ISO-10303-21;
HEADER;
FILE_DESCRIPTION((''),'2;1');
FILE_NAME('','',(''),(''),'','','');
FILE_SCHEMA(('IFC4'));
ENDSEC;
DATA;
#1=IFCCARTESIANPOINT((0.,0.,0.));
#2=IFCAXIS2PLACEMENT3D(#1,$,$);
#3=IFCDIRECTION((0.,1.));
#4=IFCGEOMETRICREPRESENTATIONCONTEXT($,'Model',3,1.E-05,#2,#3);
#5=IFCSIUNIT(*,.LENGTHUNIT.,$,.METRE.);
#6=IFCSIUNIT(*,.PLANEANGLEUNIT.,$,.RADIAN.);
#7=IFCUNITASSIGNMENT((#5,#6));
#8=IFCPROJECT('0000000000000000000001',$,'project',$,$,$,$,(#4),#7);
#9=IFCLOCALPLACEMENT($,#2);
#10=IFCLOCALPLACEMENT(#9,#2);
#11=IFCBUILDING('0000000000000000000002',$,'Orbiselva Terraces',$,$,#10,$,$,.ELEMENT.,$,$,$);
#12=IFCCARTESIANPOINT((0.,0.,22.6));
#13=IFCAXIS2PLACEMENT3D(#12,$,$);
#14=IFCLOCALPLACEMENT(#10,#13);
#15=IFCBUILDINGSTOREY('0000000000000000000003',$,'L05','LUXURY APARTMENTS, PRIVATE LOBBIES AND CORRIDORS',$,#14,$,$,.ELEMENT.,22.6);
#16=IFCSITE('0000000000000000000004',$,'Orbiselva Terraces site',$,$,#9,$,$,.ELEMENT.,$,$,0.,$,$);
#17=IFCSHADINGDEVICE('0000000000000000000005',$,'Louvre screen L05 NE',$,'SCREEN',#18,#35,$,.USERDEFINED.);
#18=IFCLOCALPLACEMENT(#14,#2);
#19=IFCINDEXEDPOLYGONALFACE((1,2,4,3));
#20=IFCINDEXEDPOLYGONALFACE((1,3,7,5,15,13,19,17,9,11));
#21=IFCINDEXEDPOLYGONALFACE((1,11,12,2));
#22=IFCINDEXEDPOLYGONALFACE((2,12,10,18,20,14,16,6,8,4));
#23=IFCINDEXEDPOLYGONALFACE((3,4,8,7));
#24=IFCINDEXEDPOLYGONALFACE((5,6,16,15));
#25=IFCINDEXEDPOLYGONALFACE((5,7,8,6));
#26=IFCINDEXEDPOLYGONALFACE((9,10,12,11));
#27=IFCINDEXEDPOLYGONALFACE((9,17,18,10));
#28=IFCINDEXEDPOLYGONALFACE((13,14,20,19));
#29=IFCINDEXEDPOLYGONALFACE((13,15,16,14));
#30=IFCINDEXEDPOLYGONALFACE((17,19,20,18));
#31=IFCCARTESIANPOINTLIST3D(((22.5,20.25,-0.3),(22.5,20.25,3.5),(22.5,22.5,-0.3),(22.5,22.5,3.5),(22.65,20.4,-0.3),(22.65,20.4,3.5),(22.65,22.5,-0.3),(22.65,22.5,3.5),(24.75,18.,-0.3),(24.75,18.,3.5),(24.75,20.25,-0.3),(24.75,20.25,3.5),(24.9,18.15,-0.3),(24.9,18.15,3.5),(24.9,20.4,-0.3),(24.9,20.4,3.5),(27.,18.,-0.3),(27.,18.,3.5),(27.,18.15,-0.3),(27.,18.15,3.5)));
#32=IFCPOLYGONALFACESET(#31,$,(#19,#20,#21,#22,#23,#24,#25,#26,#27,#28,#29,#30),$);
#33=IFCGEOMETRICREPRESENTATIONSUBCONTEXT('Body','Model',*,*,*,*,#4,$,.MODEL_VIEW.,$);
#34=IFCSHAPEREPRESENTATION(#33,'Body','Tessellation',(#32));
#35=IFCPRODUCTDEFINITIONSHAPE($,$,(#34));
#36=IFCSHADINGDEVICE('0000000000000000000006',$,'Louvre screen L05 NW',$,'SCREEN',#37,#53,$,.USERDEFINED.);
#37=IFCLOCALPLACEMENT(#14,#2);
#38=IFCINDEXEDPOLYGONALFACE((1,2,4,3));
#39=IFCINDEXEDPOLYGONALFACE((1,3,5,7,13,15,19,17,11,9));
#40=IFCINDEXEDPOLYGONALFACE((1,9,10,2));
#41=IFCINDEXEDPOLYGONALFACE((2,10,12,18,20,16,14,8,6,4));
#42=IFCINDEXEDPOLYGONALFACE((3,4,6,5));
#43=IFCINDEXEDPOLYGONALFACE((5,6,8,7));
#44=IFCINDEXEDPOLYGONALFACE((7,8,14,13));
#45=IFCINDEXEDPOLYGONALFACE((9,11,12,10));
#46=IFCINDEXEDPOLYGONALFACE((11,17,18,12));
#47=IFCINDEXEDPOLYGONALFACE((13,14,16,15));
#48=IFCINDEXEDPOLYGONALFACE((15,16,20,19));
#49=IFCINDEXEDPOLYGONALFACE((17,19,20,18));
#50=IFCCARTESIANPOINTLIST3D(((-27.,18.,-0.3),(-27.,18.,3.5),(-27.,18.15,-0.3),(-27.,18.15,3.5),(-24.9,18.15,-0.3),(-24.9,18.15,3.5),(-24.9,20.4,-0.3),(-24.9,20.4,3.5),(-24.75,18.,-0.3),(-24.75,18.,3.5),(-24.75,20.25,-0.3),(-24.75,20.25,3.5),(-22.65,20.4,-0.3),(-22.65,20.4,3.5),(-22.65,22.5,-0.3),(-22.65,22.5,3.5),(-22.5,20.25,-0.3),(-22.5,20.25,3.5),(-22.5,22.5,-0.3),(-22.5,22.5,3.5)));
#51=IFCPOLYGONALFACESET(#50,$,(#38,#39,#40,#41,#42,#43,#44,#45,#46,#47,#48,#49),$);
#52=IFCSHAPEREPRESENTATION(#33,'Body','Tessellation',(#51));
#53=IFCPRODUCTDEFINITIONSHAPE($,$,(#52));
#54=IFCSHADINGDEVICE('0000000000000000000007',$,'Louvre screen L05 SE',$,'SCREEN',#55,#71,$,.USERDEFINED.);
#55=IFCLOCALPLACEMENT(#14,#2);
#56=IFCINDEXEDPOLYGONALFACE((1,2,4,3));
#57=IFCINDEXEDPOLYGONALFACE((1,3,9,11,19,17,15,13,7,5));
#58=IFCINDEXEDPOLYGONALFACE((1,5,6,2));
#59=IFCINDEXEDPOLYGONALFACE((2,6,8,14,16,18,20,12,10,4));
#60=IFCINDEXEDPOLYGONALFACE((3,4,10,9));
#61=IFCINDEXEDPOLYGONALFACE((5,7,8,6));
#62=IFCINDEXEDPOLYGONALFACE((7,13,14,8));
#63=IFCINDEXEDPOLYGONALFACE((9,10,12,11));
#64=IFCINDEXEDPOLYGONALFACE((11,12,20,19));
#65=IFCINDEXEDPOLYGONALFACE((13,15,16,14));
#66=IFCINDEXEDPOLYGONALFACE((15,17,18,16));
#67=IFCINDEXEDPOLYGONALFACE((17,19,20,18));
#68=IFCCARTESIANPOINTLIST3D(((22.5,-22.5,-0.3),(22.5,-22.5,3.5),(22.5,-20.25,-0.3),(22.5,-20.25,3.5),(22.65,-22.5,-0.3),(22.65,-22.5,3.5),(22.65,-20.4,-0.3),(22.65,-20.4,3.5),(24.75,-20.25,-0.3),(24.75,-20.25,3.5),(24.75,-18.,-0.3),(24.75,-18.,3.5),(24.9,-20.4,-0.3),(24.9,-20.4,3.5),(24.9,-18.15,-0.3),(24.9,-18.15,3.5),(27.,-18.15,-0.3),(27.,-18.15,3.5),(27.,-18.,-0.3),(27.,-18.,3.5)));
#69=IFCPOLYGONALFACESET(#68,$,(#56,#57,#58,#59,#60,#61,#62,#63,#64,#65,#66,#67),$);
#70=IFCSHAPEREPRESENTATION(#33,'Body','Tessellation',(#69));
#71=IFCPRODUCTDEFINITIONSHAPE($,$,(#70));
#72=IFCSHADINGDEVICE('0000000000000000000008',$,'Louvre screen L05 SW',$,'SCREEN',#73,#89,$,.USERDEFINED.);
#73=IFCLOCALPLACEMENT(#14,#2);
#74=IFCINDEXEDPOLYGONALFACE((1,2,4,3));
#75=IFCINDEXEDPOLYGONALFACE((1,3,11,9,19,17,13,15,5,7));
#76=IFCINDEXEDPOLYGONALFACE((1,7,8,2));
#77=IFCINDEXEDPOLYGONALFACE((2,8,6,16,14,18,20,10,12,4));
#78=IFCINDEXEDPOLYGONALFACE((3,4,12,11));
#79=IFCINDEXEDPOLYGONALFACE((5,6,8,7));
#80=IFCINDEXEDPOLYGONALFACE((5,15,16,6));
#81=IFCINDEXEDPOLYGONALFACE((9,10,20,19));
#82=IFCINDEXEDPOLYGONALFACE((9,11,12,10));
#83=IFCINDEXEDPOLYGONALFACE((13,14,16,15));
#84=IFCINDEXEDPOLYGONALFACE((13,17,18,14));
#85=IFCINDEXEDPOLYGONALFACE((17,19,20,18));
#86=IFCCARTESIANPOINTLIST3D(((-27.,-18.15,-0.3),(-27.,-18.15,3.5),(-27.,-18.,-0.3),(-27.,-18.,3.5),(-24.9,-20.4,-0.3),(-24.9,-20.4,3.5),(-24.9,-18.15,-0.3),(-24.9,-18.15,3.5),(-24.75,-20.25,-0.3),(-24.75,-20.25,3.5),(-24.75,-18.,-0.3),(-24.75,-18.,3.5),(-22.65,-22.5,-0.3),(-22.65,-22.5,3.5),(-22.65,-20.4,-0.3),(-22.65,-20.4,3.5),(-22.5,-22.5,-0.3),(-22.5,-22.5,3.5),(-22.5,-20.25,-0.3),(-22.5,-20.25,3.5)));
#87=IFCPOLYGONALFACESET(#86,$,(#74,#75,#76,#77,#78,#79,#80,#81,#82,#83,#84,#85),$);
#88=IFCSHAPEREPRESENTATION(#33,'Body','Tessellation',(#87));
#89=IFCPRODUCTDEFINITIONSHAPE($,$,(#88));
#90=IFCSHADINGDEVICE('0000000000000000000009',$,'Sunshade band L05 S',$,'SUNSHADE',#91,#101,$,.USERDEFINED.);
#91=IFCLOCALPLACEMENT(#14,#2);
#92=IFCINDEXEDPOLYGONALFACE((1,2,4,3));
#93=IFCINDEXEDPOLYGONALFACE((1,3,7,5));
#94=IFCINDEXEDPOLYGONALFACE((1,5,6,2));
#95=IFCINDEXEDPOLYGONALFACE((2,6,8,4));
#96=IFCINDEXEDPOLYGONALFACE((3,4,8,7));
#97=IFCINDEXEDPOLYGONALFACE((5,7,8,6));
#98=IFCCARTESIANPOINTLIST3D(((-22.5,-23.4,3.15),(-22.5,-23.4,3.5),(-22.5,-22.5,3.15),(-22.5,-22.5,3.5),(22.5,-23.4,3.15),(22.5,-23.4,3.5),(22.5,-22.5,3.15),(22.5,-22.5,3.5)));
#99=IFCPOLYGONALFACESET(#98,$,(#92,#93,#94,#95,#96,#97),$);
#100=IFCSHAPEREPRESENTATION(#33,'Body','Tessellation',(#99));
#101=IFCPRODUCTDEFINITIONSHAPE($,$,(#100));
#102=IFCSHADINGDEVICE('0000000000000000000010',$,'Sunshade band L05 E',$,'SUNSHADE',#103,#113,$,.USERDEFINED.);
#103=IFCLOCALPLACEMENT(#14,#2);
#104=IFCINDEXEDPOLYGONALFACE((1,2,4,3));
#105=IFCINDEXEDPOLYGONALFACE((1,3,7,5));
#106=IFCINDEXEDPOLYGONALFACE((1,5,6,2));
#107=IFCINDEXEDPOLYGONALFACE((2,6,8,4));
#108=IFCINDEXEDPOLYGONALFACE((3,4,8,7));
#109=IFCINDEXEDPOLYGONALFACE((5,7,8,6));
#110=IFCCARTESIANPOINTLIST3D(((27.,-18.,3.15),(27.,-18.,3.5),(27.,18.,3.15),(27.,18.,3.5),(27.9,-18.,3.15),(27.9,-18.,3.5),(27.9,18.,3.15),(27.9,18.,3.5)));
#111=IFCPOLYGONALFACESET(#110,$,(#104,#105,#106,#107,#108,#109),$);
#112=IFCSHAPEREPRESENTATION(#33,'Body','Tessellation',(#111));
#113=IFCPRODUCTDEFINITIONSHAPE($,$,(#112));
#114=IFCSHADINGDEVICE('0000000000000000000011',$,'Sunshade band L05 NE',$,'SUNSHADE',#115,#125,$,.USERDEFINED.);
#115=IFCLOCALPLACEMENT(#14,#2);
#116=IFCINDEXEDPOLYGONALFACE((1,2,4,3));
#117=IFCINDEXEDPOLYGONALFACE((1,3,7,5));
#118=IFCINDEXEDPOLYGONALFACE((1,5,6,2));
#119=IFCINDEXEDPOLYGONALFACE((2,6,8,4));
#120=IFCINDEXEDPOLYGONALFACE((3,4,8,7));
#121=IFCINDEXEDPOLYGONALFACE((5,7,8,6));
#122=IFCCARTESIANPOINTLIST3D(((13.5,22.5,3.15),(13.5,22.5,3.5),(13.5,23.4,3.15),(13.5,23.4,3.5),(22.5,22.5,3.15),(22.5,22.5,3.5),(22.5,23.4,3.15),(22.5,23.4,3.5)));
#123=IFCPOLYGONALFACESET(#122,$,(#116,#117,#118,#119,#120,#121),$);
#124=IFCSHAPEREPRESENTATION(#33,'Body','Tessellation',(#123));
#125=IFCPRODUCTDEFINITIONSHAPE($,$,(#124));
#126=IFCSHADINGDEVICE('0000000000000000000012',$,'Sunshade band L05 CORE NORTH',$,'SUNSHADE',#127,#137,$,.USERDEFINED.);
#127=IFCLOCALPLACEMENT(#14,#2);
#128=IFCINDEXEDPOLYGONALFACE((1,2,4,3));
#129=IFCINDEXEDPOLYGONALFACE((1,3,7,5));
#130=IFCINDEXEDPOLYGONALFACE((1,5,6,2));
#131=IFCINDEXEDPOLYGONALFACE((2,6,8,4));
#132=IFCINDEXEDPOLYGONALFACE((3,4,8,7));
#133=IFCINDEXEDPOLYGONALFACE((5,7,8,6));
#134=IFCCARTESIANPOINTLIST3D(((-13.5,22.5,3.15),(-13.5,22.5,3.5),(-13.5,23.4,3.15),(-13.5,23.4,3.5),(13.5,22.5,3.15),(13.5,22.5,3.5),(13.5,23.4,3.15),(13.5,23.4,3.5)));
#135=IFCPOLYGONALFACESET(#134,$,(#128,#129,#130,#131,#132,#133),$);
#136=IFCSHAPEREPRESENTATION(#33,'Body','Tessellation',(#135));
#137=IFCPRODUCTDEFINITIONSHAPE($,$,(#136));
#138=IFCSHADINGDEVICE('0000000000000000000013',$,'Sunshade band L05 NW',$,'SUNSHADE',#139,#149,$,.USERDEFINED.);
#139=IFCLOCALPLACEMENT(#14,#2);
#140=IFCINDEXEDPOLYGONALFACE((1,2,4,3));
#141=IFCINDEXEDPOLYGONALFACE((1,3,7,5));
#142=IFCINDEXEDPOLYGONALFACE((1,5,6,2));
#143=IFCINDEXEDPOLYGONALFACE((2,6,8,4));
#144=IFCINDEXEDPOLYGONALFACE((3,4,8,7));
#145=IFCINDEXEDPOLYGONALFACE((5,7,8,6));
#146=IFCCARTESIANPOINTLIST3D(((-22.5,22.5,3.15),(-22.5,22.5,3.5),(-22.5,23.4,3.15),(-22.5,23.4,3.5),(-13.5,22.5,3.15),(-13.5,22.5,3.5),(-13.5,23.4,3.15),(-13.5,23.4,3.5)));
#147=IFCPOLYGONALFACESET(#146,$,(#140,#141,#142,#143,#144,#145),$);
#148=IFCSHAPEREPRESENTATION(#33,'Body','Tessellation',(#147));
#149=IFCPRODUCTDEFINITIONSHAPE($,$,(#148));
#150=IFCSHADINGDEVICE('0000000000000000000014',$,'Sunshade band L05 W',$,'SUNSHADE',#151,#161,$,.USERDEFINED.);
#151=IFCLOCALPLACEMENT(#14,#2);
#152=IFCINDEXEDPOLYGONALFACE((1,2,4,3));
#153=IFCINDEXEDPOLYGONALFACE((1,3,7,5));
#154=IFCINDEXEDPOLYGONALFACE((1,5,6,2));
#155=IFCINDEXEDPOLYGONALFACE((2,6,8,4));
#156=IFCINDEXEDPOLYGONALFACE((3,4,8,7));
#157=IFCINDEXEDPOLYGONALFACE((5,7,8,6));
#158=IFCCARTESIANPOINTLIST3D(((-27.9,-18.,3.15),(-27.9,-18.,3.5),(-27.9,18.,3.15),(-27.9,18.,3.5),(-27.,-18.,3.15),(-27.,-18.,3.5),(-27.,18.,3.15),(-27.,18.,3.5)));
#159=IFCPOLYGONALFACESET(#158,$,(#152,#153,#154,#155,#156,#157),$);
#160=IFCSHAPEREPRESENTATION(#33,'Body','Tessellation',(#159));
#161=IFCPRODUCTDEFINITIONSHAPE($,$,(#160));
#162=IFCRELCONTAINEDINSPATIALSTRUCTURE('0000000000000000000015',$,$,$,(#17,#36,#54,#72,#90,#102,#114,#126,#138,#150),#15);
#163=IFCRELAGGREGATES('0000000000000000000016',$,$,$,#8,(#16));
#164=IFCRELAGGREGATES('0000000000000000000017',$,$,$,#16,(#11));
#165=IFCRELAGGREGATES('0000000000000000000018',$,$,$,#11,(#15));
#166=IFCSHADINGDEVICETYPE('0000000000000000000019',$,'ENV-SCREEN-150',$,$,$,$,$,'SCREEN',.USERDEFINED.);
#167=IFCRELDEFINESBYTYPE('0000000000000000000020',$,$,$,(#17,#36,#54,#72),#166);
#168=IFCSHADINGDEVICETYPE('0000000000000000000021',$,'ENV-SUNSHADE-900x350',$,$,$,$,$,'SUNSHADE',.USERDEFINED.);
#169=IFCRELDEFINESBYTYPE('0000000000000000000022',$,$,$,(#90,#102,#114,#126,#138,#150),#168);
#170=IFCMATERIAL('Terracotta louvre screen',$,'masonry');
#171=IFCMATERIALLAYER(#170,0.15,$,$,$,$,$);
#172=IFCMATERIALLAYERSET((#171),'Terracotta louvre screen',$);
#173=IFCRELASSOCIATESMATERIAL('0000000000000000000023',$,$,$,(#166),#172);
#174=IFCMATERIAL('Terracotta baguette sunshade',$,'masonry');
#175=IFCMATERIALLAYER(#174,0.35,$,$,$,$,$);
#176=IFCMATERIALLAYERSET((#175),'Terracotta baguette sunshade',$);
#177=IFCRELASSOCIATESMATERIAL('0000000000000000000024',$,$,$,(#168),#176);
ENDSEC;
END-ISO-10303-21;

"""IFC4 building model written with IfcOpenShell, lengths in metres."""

from ifc_helpers import new_model, si_unit, direction, frame, origin, place, context, subcontext, project, spatial, polyline, outline, extrude, material, layer, layer_set, type_object, element, save


model = new_model("IFC4")

# Units and contexts
model_context = context("Model", 3, precision=1e-05, world=origin(), true_north=direction((0.0, 1.0)))
body_context = subcontext(model_context, "Body", "Model", "MODEL_VIEW")
ifc_project = project(units=[si_unit("LENGTHUNIT", "METRE"), si_unit("PLANEANGLEUNIT", "RADIAN")], contexts=[model_context])

# Site, building, storey
site_placement = place(None, origin())
site = spatial("IfcSite", under=ifc_project, at=site_placement, Name="Orbiselva Terraces site", CompositionType="ELEMENT", RefElevation=0.0)
building_placement = place(site_placement, origin())
building = spatial("IfcBuilding", under=site, at=building_placement, Name="Orbiselva Terraces", CompositionType="ELEMENT")
storey_placement = place(building_placement, frame((0.0, 0.0, 22.6)))
storey = spatial("IfcBuildingStorey", under=building, at=storey_placement, Name="L05", Description="LUXURY APARTMENTS, PRIVATE LOBBIES AND CORRIDORS", CompositionType="ELEMENT", Elevation=22.6)

# Shading devices
ifc_material_1 = material(Name="Terracotta louvre screen", Category="masonry")
ifc_layer_1 = layer(ifc_material_1, 0.15)
ifc_layer_set_1 = layer_set([ifc_layer_1], Name="Terracotta louvre screen")
shading_device_type_1 = type_object("IfcShadingDeviceType", Name="ENV-SCREEN-150", ElementType="SCREEN", PredefinedType="USERDEFINED", material=ifc_layer_set_1)
shading_device_1_placement = place(storey_placement, frame((0.0, 0.0, -0.3)))
element("IfcShadingDevice", 1, at=shading_device_1_placement, inside=storey, type_object=shading_device_type_1, Name="Louvre screen L05 NE", ObjectType="SCREEN", PredefinedType="USERDEFINED", context=body_context, shape_type="SweptSolid", body=[
    extrude(outline(polyline([(27.0, 18.15), (24.9, 18.15), (24.9, 20.4), (22.65, 20.4), (22.65, 22.5), (22.5, 22.5), (22.5, 20.25), (24.75, 20.25), (24.75, 18.0), (27.0, 18.0), (27.0, 18.15)])), origin(), (0.0, 0.0, 1.0), 3.8),
])
shading_device_2_placement = place(storey_placement, frame((0.0, 0.0, -0.3)))
element("IfcShadingDevice", 2, at=shading_device_2_placement, inside=storey, type_object=shading_device_type_1, Name="Louvre screen L05 NW", ObjectType="SCREEN", PredefinedType="USERDEFINED", context=body_context, shape_type="SweptSolid", body=[
    extrude(outline(polyline([(-22.65, 22.5), (-22.65, 20.4), (-24.9, 20.4), (-24.9, 18.15), (-27.0, 18.15), (-27.0, 18.0), (-24.75, 18.0), (-24.75, 20.25), (-22.5, 20.25), (-22.5, 22.5), (-22.65, 22.5)])), origin(), (0.0, 0.0, 1.0), 3.8),
])
shading_device_3_placement = place(storey_placement, frame((0.0, 0.0, -0.3)))
element("IfcShadingDevice", 3, at=shading_device_3_placement, inside=storey, type_object=shading_device_type_1, Name="Louvre screen L05 SE", ObjectType="SCREEN", PredefinedType="USERDEFINED", context=body_context, shape_type="SweptSolid", body=[
    extrude(outline(polyline([(22.65, -22.5), (22.65, -20.4), (24.9, -20.4), (24.9, -18.15), (27.0, -18.15), (27.0, -18.0), (24.75, -18.0), (24.75, -20.25), (22.5, -20.25), (22.5, -22.5), (22.65, -22.5)])), origin(), (0.0, 0.0, 1.0), 3.8),
])
shading_device_4_placement = place(storey_placement, frame((0.0, 0.0, -0.3)))
element("IfcShadingDevice", 4, at=shading_device_4_placement, inside=storey, type_object=shading_device_type_1, Name="Louvre screen L05 SW", ObjectType="SCREEN", PredefinedType="USERDEFINED", context=body_context, shape_type="SweptSolid", body=[
    extrude(outline(polyline([(-27.0, -18.15), (-24.9, -18.15), (-24.9, -20.4), (-22.65, -20.4), (-22.65, -22.5), (-22.5, -22.5), (-22.5, -20.25), (-24.75, -20.25), (-24.75, -18.0), (-27.0, -18.0), (-27.0, -18.15)])), origin(), (0.0, 0.0, 1.0), 3.8),
])
ifc_material_2 = material(Name="Terracotta baguette sunshade", Category="masonry")
ifc_layer_2 = layer(ifc_material_2, 0.35)
ifc_layer_set_2 = layer_set([ifc_layer_2], Name="Terracotta baguette sunshade")
shading_device_type_2 = type_object("IfcShadingDeviceType", Name="ENV-SUNSHADE-900x350", ElementType="SUNSHADE", PredefinedType="USERDEFINED", material=ifc_layer_set_2)
shading_device_5_placement = place(storey_placement, frame((0.0, 0.0, 3.15)))
element("IfcShadingDevice", 5, at=shading_device_5_placement, inside=storey, type_object=shading_device_type_2, Name="Sunshade band L05 S", ObjectType="SUNSHADE", PredefinedType="USERDEFINED", context=body_context, shape_type="SweptSolid", body=[
    extrude(outline(polyline([(-22.5, -23.4), (22.5, -23.4), (22.5, -22.5), (-22.5, -22.5), (-22.5, -23.4)])), origin(), (0.0, 0.0, 1.0), 0.35),
])
shading_device_6_placement = place(storey_placement, frame((0.0, 0.0, 3.15)))
element("IfcShadingDevice", 6, at=shading_device_6_placement, inside=storey, type_object=shading_device_type_2, Name="Sunshade band L05 E", ObjectType="SUNSHADE", PredefinedType="USERDEFINED", context=body_context, shape_type="SweptSolid", body=[
    extrude(outline(polyline([(27.9, -18.0), (27.9, 18.0), (27.0, 18.0), (27.0, -18.0), (27.9, -18.0)])), origin(), (0.0, 0.0, 1.0), 0.35),
])
shading_device_7_placement = place(storey_placement, frame((0.0, 0.0, 3.15)))
element("IfcShadingDevice", 7, at=shading_device_7_placement, inside=storey, type_object=shading_device_type_2, Name="Sunshade band L05 NE", ObjectType="SUNSHADE", PredefinedType="USERDEFINED", context=body_context, shape_type="SweptSolid", body=[
    extrude(outline(polyline([(22.5, 23.4), (13.5, 23.4), (13.5, 22.5), (22.5, 22.5), (22.5, 23.4)])), origin(), (0.0, 0.0, 1.0), 0.35),
])
shading_device_8_placement = place(storey_placement, frame((0.0, 0.0, 3.15)))
element("IfcShadingDevice", 8, at=shading_device_8_placement, inside=storey, type_object=shading_device_type_2, Name="Sunshade band L05 CORE NORTH", ObjectType="SUNSHADE", PredefinedType="USERDEFINED", context=body_context, shape_type="SweptSolid", body=[
    extrude(outline(polyline([(13.5, 23.4), (-13.5, 23.4), (-13.5, 22.5), (13.5, 22.5), (13.5, 23.4)])), origin(), (0.0, 0.0, 1.0), 0.35),
])
shading_device_9_placement = place(storey_placement, frame((0.0, 0.0, 3.15)))
element("IfcShadingDevice", 9, at=shading_device_9_placement, inside=storey, type_object=shading_device_type_2, Name="Sunshade band L05 NW", ObjectType="SUNSHADE", PredefinedType="USERDEFINED", context=body_context, shape_type="SweptSolid", body=[
    extrude(outline(polyline([(-13.5, 23.4), (-22.5, 23.4), (-22.5, 22.5), (-13.5, 22.5), (-13.5, 23.4)])), origin(), (0.0, 0.0, 1.0), 0.35),
])
shading_device_10_placement = place(storey_placement, frame((0.0, 0.0, 3.15)))
element("IfcShadingDevice", 10, at=shading_device_10_placement, inside=storey, type_object=shading_device_type_2, Name="Sunshade band L05 W", ObjectType="SUNSHADE", PredefinedType="USERDEFINED", context=body_context, shape_type="SweptSolid", body=[
    extrude(outline(polyline([(-27.9, 18.0), (-27.9, -18.0), (-27.0, -18.0), (-27.0, 18.0), (-27.9, 18.0)])), origin(), (0.0, 0.0, 1.0), 0.35),
])

save(model, "model.ifc")
